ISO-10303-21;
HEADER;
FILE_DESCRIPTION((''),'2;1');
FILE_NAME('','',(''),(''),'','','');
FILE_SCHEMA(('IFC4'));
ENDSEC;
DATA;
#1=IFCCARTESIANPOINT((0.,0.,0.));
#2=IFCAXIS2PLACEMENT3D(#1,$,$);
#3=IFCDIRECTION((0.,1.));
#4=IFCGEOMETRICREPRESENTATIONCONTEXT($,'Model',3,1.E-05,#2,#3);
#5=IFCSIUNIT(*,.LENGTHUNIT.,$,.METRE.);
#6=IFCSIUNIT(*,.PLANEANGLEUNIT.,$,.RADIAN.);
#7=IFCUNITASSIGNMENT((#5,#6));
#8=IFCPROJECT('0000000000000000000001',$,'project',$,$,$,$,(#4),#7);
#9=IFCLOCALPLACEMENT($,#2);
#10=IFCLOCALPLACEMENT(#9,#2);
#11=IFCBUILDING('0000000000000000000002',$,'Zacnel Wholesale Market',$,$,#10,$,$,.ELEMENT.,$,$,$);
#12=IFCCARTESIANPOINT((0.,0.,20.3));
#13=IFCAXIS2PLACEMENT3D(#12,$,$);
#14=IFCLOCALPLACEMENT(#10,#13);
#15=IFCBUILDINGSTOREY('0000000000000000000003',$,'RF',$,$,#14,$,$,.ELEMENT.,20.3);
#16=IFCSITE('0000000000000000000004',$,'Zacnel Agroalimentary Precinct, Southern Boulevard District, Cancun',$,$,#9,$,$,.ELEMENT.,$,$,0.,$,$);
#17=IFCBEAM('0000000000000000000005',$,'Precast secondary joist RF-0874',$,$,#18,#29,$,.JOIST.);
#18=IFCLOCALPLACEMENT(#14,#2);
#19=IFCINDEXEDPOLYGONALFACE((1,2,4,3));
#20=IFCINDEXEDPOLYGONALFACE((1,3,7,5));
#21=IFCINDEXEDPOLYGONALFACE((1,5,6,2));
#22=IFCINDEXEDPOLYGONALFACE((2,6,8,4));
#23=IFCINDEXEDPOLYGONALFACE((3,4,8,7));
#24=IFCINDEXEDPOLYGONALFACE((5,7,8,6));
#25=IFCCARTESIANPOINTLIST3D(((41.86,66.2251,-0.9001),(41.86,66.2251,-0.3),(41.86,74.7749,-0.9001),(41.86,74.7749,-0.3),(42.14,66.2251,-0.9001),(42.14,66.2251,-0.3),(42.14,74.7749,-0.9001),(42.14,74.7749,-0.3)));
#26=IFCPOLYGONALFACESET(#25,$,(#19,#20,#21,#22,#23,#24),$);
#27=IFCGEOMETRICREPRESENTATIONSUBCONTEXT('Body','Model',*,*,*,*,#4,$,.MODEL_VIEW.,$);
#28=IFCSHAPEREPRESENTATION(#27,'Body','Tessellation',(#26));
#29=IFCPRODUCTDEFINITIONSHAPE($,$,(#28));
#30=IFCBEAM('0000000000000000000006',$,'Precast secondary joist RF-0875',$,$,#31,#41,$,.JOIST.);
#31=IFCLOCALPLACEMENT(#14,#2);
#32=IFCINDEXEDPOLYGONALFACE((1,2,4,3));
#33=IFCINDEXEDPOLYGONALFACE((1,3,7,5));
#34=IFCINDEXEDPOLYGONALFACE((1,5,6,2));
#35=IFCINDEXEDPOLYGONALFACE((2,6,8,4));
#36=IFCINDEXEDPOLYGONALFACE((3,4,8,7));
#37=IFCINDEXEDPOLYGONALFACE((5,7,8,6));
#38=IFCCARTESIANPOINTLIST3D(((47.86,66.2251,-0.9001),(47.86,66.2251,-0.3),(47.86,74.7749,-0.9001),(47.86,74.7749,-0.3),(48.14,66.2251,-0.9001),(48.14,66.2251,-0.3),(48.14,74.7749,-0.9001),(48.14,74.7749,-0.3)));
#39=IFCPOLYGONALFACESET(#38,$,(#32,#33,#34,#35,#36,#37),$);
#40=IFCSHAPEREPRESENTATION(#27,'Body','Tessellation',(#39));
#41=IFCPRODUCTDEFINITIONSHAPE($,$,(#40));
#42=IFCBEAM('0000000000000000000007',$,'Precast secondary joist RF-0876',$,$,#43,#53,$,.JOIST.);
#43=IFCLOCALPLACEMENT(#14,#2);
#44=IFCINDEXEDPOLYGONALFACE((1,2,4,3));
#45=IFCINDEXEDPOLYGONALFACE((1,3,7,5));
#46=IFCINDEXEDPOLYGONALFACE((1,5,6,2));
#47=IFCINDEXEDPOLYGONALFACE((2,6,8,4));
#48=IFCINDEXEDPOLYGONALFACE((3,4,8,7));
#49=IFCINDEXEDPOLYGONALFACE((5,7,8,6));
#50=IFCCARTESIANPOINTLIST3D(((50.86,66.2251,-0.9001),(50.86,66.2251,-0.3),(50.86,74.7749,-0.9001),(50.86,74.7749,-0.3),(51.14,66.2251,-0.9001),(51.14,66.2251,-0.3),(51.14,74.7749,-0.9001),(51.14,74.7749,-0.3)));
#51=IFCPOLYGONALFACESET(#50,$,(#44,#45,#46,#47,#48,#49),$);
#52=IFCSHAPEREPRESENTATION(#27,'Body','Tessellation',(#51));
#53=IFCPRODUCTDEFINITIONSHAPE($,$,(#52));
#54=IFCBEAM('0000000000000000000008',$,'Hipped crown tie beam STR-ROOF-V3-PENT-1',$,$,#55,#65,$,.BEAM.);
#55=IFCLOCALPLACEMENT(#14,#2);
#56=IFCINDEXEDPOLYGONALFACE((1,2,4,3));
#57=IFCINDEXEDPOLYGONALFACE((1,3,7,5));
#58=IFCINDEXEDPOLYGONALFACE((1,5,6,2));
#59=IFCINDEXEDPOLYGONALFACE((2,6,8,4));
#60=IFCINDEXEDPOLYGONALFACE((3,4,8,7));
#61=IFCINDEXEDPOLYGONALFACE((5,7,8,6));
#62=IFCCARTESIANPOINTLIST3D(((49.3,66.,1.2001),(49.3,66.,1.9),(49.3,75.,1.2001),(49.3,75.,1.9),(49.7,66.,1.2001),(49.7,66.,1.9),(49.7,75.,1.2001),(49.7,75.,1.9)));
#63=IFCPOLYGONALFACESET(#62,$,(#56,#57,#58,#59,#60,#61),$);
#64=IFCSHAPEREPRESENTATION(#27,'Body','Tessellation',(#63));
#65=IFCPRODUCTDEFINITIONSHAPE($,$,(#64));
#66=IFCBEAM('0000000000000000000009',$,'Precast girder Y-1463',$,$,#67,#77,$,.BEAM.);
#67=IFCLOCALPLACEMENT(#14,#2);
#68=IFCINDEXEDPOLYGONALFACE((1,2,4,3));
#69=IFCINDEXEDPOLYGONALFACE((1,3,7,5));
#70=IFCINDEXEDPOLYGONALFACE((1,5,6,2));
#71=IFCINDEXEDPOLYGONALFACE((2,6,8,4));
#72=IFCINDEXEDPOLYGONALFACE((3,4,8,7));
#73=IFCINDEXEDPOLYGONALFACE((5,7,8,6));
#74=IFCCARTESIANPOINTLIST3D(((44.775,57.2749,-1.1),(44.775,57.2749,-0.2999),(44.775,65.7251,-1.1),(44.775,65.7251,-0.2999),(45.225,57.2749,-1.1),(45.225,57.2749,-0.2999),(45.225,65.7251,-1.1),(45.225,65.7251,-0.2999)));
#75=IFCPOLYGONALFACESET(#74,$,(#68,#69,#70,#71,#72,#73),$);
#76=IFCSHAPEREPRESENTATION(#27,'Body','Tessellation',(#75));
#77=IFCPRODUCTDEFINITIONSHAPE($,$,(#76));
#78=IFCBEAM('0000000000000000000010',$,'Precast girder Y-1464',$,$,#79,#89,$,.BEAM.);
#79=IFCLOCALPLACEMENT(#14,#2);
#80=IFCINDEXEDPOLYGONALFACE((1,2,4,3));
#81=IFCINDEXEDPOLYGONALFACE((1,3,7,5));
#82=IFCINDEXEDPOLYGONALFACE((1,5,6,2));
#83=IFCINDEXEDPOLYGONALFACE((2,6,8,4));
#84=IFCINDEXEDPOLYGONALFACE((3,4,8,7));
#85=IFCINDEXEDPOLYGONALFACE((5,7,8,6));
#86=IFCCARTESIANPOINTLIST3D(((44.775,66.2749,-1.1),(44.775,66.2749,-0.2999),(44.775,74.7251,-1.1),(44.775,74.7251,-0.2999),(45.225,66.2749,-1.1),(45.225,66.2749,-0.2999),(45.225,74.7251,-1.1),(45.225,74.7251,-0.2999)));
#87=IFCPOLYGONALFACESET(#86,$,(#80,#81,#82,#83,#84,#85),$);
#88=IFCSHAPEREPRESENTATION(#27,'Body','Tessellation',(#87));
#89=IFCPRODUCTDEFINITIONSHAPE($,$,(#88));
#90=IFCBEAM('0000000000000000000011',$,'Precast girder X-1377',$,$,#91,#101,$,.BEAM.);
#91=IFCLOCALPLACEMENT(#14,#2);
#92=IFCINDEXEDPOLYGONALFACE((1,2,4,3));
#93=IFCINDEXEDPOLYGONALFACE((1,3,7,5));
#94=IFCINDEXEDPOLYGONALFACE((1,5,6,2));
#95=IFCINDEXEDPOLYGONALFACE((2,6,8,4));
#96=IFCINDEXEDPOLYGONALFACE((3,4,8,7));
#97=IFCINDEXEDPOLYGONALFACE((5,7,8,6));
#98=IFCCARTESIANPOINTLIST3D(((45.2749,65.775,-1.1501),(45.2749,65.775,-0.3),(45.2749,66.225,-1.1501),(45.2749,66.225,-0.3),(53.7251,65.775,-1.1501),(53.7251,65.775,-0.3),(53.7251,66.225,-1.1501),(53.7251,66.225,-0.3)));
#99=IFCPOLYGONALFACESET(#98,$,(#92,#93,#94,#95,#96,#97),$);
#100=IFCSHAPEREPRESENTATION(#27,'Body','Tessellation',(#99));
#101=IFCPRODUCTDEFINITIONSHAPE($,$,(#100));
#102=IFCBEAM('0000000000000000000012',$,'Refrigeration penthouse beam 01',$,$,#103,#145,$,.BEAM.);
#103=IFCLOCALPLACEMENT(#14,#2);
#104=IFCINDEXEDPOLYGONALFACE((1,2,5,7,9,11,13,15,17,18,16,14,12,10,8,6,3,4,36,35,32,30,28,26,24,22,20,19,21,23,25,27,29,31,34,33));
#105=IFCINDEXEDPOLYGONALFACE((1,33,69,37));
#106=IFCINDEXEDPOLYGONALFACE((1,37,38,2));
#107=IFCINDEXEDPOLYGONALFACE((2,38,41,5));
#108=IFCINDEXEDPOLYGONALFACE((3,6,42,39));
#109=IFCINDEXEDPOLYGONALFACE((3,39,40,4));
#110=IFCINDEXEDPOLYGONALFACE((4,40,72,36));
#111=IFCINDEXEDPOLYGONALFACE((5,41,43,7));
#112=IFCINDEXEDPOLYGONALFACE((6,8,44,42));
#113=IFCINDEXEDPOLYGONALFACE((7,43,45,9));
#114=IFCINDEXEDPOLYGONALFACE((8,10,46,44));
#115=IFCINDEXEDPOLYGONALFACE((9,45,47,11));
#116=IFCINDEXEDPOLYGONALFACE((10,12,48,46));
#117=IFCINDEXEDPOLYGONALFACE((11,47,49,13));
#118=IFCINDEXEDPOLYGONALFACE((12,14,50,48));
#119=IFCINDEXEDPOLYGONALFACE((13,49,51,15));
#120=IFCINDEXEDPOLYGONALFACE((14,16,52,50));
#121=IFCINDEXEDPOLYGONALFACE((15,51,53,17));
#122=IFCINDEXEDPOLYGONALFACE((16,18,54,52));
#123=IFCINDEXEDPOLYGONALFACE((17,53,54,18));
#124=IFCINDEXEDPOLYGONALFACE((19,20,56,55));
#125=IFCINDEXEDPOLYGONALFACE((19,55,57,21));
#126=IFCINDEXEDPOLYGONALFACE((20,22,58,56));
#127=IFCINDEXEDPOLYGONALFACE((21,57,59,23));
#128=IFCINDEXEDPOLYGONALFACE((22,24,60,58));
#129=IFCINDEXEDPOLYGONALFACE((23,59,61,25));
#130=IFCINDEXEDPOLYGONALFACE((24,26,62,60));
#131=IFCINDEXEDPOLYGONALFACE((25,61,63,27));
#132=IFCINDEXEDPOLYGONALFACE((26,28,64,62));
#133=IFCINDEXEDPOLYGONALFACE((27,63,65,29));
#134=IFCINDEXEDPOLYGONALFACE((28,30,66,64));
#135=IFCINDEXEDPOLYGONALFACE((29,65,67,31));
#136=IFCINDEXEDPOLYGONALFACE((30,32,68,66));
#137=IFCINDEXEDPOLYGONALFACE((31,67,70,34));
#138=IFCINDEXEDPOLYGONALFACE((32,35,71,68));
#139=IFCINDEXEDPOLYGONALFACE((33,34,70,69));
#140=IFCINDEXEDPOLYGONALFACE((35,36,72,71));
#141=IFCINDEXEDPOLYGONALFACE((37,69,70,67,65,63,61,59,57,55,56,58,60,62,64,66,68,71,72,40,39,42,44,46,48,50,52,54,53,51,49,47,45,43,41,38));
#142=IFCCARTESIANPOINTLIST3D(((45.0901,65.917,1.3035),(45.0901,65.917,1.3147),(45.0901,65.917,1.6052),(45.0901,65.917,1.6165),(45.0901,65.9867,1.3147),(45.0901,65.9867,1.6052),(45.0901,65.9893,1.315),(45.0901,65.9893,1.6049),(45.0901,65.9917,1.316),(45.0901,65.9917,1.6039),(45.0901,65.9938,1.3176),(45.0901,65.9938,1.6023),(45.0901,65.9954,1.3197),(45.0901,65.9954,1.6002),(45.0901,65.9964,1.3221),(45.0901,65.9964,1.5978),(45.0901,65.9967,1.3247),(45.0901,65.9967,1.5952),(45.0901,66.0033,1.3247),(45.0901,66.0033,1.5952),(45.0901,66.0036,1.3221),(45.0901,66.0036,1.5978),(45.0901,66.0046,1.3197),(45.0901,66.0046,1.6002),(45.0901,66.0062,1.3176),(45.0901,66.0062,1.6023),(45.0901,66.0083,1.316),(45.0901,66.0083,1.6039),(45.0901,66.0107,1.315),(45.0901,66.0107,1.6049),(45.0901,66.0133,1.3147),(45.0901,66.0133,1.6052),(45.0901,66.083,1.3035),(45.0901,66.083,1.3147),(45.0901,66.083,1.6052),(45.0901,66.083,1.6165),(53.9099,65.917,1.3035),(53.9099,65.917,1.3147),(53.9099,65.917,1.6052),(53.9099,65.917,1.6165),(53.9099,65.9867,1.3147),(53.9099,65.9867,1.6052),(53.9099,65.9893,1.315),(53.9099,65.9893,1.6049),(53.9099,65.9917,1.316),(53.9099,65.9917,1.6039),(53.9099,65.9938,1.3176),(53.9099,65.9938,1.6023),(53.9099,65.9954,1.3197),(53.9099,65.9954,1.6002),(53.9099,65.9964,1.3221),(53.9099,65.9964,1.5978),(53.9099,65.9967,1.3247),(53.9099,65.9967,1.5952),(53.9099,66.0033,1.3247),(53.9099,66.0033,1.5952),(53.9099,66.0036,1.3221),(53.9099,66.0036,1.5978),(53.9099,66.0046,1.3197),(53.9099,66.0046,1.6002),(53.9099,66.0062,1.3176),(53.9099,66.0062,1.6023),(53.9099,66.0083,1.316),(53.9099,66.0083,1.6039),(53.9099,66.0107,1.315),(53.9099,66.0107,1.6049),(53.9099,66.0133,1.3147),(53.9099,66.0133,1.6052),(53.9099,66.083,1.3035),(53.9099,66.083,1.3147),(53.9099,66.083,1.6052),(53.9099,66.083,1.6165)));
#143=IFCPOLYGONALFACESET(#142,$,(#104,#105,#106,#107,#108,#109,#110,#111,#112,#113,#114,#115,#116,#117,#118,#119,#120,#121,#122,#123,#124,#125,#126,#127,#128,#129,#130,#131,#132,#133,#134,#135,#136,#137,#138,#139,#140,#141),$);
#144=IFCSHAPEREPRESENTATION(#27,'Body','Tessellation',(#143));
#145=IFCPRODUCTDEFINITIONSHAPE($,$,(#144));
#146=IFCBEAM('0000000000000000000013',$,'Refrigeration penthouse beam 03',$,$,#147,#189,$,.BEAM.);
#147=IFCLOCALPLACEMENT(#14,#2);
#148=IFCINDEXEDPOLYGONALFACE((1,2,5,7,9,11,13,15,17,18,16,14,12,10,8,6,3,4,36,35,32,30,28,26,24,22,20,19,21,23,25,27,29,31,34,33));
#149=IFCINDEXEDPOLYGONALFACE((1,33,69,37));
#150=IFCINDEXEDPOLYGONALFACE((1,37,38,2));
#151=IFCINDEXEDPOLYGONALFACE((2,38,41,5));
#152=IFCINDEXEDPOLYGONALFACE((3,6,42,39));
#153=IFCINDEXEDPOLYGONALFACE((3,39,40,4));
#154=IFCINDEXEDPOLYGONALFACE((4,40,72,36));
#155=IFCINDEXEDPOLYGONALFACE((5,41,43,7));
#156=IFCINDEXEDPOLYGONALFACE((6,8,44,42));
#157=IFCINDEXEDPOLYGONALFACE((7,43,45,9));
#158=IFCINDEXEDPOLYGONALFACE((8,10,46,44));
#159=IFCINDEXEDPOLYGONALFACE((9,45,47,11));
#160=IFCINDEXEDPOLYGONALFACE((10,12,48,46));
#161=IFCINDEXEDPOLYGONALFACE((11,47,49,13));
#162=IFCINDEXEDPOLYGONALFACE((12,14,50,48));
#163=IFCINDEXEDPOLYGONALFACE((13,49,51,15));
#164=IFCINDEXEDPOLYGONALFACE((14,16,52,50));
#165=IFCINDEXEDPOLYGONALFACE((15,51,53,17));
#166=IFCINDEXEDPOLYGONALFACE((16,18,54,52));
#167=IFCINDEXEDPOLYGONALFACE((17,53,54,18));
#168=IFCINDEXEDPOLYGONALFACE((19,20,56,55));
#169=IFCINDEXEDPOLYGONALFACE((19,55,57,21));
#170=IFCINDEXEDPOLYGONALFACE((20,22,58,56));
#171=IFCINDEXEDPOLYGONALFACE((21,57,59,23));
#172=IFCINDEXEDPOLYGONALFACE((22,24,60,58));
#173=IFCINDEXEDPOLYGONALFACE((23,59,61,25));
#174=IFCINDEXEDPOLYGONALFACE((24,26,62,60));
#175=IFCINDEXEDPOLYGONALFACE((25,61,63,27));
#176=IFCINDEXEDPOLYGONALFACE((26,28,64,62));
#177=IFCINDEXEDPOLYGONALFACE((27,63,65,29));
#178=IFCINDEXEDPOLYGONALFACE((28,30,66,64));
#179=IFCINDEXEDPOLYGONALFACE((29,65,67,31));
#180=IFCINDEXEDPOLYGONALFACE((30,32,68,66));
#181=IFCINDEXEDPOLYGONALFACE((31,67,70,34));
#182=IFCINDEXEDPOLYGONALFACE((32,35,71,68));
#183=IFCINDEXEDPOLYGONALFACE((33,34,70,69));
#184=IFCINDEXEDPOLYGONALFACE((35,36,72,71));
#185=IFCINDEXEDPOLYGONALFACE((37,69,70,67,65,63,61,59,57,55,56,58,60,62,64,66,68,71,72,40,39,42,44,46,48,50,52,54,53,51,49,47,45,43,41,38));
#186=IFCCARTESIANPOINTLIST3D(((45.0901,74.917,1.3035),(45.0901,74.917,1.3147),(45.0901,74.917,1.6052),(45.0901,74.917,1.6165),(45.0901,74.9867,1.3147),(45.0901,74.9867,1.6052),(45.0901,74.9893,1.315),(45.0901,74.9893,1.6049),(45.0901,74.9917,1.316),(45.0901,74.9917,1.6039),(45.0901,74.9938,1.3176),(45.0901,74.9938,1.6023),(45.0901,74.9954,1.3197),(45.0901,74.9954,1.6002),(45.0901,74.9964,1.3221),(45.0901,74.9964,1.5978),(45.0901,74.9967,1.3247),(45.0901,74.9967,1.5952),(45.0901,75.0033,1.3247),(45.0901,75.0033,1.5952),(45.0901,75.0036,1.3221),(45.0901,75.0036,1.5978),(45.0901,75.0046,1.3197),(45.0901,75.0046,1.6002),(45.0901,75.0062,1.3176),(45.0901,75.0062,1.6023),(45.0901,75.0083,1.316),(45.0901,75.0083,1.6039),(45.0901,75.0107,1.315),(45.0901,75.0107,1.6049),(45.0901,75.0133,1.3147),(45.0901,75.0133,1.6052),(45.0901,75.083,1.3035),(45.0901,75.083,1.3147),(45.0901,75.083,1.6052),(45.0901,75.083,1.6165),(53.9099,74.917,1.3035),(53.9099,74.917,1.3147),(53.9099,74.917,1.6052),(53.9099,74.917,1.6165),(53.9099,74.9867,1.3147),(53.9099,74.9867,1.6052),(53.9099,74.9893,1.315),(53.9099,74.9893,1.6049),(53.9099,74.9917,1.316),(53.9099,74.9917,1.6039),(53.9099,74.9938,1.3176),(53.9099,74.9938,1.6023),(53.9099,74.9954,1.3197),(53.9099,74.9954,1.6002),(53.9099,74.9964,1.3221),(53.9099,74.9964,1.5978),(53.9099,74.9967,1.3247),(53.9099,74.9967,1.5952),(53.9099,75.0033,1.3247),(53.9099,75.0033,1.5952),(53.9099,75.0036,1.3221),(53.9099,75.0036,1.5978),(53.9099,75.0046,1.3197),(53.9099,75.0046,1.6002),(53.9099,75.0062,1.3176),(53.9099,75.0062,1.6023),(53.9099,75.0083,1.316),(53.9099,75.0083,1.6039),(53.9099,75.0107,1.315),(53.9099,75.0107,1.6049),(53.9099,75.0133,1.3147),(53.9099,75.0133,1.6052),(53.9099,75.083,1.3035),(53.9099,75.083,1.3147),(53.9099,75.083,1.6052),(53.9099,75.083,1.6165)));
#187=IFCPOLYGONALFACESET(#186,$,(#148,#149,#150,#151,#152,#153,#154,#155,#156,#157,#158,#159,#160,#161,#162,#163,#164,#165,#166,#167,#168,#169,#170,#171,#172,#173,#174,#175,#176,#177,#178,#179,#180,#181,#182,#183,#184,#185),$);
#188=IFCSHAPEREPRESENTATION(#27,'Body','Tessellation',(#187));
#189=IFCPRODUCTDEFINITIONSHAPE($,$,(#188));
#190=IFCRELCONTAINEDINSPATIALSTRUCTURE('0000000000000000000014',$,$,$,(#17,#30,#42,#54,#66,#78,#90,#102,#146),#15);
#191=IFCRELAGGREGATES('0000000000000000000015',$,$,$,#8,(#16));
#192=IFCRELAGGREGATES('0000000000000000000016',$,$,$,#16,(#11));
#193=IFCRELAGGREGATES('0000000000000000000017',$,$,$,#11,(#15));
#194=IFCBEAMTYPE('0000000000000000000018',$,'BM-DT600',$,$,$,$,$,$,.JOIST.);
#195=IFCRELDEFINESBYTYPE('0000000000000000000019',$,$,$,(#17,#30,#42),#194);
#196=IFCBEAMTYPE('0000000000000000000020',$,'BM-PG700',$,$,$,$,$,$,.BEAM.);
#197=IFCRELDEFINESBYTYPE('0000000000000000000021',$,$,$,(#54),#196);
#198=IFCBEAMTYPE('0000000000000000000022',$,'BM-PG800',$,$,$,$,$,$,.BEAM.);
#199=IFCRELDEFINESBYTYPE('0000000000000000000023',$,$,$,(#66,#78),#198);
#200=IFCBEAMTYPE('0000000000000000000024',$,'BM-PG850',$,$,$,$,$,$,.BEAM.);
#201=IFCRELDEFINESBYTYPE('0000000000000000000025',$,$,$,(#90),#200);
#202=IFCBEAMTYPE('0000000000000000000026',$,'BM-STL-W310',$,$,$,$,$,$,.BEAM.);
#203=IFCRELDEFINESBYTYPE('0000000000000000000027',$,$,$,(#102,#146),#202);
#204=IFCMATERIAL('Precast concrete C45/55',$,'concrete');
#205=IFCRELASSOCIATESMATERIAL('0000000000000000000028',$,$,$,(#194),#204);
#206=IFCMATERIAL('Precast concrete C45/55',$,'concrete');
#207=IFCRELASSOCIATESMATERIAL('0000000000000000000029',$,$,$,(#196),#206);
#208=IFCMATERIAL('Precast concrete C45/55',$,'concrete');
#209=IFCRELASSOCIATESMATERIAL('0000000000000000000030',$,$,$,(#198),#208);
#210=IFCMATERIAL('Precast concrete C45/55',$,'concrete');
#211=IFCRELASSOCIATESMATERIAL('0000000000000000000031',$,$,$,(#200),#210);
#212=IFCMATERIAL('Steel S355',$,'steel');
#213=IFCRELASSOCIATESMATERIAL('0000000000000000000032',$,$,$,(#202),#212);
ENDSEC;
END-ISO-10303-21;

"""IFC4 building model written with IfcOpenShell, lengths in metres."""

from ifc_helpers import new_model, si_unit, direction, frame, origin, origin_2d, place, context, subcontext, project, spatial, rectangle, i_section, extrude, material, material_profile, profile_set, type_object, element, save


model = new_model("IFC4")

# Units and contexts
model_context = context("Model", 3, precision=1e-05, world=origin(), true_north=direction((0.0, 1.0)))
body_context = subcontext(model_context, "Body", "Model", "MODEL_VIEW")
ifc_project = project(units=[si_unit("LENGTHUNIT", "METRE"), si_unit("PLANEANGLEUNIT", "RADIAN")], contexts=[model_context])

# Site, building, storey
site_placement = place(None, origin())
site = spatial("IfcSite", under=ifc_project, at=site_placement, Name="Zacnel Agroalimentary Precinct, Southern Boulevard District, Cancun", CompositionType="ELEMENT", RefElevation=0.0)
building_placement = place(site_placement, origin())
building = spatial("IfcBuilding", under=site, at=building_placement, Name="Zacnel Wholesale Market", CompositionType="ELEMENT")
storey_placement = place(building_placement, frame((0.0, 0.0, 20.3)))
storey = spatial("IfcBuildingStorey", under=building, at=storey_placement, Name="RF", CompositionType="ELEMENT", Elevation=20.3)

# Beams
ifc_material_1 = material(Name="Precast concrete C45/55", Category="concrete")
ifc_material_profile_1 = material_profile(ifc_material_1, rectangle(XDim=0.28, YDim=0.6001, at=origin_2d()), Name="DT RIB 280x600")
ifc_profile_set_1 = profile_set([ifc_material_profile_1], Name="Precast concrete C45/55")
beam_type_1 = type_object("IfcBeamType", Name="BM-DT600", PredefinedType="JOIST", material=ifc_profile_set_1)
for number, where, z_axis, x_axis, name in (
    (1, (42.0, 66.2251, -0.6001), (0.0, 1.0, 0.0), (-1.0, 0.0, 0.0), "Precast secondary joist RF-0874"),
    (2, (48.0, 66.2251, -0.6001), (0.0, 1.0, 0.0), (-1.0, 0.0, 0.0), "Precast secondary joist RF-0875"),
    (3, (51.0, 66.2251, -0.6001), (0.0, 1.0, 0.0), (-1.0, 0.0, 0.0), "Precast secondary joist RF-0876"),
):
    element("IfcBeam", number, at=place(storey_placement, frame(where, z_axis=z_axis, x_axis=x_axis)), inside=storey, type_object=beam_type_1, Name=name, PredefinedType="JOIST", context=body_context, shape_type="SweptSolid", body=[
        extrude(rectangle(XDim=0.28, YDim=0.6001, at=origin_2d()), origin(), (0.0, 0.0, 1.0), 8.5498),
    ])
ifc_material_2 = material(Name="Precast concrete C45/55", Category="concrete")
ifc_material_profile_2 = material_profile(ifc_material_2, rectangle(XDim=0.3999, YDim=0.7, at=origin_2d()), Name="PG 400x700")
ifc_profile_set_2 = profile_set([ifc_material_profile_2], Name="Precast concrete C45/55")
beam_type_2 = type_object("IfcBeamType", Name="BM-PG700", PredefinedType="BEAM", material=ifc_profile_set_2)
beam_1_placement = place(storey_placement, frame((49.5, 66.0, 1.55), z_axis=(0.0, 1.0, 0.0), x_axis=(-1.0, 0.0, 0.0)))
element("IfcBeam", 4, at=beam_1_placement, inside=storey, type_object=beam_type_2, Name="Hipped crown tie beam STR-ROOF-V3-PENT-1", PredefinedType="BEAM", context=body_context, shape_type="SweptSolid", body=[
    extrude(rectangle(XDim=0.3999, YDim=0.7, at=origin_2d()), origin(), (0.0, 0.0, 1.0), 9.0),
])
ifc_material_3 = material(Name="Precast concrete C45/55", Category="concrete")
ifc_material_profile_3 = material_profile(ifc_material_3, rectangle(XDim=0.45, YDim=0.8, at=origin_2d()), Name="PG 450x800")
ifc_profile_set_3 = profile_set([ifc_material_profile_3], Name="Precast concrete C45/55")
beam_type_3 = type_object("IfcBeamType", Name="BM-PG800", PredefinedType="BEAM", material=ifc_profile_set_3)
for number, where, z_axis, x_axis, name in (
    (5, (45.0, 57.2749, -0.7), (0.0, 1.0, 0.0), (-1.0, 0.0, 0.0), "Precast girder Y-1463"),
    (6, (45.0, 66.2749, -0.7), (0.0, 1.0, 0.0), (-1.0, 0.0, 0.0), "Precast girder Y-1464"),
):
    element("IfcBeam", number, at=place(storey_placement, frame(where, z_axis=z_axis, x_axis=x_axis)), inside=storey, type_object=beam_type_3, Name=name, PredefinedType="BEAM", context=body_context, shape_type="SweptSolid", body=[
        extrude(rectangle(XDim=0.45, YDim=0.8, at=origin_2d()), origin(), (0.0, 0.0, 1.0), 8.4502),
    ])
ifc_material_4 = material(Name="Precast concrete C45/55", Category="concrete")
ifc_material_profile_4 = material_profile(ifc_material_4, rectangle(XDim=0.45, YDim=0.8501, at=origin_2d()), Name="PG 450x850")
ifc_profile_set_4 = profile_set([ifc_material_profile_4], Name="Precast concrete C45/55")
beam_type_4 = type_object("IfcBeamType", Name="BM-PG850", PredefinedType="BEAM", material=ifc_profile_set_4)
beam_2_placement = place(storey_placement, frame((45.2749, 66.0, -0.7251), z_axis=(1.0, 0.0, 0.0), x_axis=(0.0, 1.0, 0.0)))
element("IfcBeam", 7, at=beam_2_placement, inside=storey, type_object=beam_type_4, Name="Precast girder X-1377", PredefinedType="BEAM", context=body_context, shape_type="SweptSolid", body=[
    extrude(rectangle(XDim=0.45, YDim=0.8501, at=origin_2d()), origin(), (0.0, 0.0, 1.0), 8.4502),
])
ifc_material_5 = material(Name="Steel S355", Category="steel")
ifc_material_profile_5 = material_profile(ifc_material_5, i_section(OverallWidth=0.166, OverallDepth=0.313, WebThickness=0.0066, FlangeThickness=0.0112, FilletRadius=0.01, at=origin_2d()), Name="W310X44.5")
ifc_profile_set_5 = profile_set([ifc_material_profile_5], Name="Steel S355")
beam_type_5 = type_object("IfcBeamType", Name="BM-STL-W310", PredefinedType="BEAM", material=ifc_profile_set_5)
for number, where, z_axis, x_axis, name in (
    (8, (45.0901, 66.0, 1.46), (1.0, 0.0, 0.0), (0.0, 1.0, 0.0), "Refrigeration penthouse beam 01"),
    (9, (45.0901, 75.0, 1.46), (1.0, 0.0, 0.0), (0.0, 1.0, 0.0), "Refrigeration penthouse beam 03"),
):
    element("IfcBeam", number, at=place(storey_placement, frame(where, z_axis=z_axis, x_axis=x_axis)), inside=storey, type_object=beam_type_5, Name=name, PredefinedType="BEAM", context=body_context, shape_type="SweptSolid", body=[
        extrude(i_section(OverallWidth=0.166, OverallDepth=0.313, WebThickness=0.0066, FlangeThickness=0.0112, FilletRadius=0.01, at=origin_2d()), origin(), (0.0, 0.0, 1.0), 8.8198),
    ])

save(model, "model.ifc")
